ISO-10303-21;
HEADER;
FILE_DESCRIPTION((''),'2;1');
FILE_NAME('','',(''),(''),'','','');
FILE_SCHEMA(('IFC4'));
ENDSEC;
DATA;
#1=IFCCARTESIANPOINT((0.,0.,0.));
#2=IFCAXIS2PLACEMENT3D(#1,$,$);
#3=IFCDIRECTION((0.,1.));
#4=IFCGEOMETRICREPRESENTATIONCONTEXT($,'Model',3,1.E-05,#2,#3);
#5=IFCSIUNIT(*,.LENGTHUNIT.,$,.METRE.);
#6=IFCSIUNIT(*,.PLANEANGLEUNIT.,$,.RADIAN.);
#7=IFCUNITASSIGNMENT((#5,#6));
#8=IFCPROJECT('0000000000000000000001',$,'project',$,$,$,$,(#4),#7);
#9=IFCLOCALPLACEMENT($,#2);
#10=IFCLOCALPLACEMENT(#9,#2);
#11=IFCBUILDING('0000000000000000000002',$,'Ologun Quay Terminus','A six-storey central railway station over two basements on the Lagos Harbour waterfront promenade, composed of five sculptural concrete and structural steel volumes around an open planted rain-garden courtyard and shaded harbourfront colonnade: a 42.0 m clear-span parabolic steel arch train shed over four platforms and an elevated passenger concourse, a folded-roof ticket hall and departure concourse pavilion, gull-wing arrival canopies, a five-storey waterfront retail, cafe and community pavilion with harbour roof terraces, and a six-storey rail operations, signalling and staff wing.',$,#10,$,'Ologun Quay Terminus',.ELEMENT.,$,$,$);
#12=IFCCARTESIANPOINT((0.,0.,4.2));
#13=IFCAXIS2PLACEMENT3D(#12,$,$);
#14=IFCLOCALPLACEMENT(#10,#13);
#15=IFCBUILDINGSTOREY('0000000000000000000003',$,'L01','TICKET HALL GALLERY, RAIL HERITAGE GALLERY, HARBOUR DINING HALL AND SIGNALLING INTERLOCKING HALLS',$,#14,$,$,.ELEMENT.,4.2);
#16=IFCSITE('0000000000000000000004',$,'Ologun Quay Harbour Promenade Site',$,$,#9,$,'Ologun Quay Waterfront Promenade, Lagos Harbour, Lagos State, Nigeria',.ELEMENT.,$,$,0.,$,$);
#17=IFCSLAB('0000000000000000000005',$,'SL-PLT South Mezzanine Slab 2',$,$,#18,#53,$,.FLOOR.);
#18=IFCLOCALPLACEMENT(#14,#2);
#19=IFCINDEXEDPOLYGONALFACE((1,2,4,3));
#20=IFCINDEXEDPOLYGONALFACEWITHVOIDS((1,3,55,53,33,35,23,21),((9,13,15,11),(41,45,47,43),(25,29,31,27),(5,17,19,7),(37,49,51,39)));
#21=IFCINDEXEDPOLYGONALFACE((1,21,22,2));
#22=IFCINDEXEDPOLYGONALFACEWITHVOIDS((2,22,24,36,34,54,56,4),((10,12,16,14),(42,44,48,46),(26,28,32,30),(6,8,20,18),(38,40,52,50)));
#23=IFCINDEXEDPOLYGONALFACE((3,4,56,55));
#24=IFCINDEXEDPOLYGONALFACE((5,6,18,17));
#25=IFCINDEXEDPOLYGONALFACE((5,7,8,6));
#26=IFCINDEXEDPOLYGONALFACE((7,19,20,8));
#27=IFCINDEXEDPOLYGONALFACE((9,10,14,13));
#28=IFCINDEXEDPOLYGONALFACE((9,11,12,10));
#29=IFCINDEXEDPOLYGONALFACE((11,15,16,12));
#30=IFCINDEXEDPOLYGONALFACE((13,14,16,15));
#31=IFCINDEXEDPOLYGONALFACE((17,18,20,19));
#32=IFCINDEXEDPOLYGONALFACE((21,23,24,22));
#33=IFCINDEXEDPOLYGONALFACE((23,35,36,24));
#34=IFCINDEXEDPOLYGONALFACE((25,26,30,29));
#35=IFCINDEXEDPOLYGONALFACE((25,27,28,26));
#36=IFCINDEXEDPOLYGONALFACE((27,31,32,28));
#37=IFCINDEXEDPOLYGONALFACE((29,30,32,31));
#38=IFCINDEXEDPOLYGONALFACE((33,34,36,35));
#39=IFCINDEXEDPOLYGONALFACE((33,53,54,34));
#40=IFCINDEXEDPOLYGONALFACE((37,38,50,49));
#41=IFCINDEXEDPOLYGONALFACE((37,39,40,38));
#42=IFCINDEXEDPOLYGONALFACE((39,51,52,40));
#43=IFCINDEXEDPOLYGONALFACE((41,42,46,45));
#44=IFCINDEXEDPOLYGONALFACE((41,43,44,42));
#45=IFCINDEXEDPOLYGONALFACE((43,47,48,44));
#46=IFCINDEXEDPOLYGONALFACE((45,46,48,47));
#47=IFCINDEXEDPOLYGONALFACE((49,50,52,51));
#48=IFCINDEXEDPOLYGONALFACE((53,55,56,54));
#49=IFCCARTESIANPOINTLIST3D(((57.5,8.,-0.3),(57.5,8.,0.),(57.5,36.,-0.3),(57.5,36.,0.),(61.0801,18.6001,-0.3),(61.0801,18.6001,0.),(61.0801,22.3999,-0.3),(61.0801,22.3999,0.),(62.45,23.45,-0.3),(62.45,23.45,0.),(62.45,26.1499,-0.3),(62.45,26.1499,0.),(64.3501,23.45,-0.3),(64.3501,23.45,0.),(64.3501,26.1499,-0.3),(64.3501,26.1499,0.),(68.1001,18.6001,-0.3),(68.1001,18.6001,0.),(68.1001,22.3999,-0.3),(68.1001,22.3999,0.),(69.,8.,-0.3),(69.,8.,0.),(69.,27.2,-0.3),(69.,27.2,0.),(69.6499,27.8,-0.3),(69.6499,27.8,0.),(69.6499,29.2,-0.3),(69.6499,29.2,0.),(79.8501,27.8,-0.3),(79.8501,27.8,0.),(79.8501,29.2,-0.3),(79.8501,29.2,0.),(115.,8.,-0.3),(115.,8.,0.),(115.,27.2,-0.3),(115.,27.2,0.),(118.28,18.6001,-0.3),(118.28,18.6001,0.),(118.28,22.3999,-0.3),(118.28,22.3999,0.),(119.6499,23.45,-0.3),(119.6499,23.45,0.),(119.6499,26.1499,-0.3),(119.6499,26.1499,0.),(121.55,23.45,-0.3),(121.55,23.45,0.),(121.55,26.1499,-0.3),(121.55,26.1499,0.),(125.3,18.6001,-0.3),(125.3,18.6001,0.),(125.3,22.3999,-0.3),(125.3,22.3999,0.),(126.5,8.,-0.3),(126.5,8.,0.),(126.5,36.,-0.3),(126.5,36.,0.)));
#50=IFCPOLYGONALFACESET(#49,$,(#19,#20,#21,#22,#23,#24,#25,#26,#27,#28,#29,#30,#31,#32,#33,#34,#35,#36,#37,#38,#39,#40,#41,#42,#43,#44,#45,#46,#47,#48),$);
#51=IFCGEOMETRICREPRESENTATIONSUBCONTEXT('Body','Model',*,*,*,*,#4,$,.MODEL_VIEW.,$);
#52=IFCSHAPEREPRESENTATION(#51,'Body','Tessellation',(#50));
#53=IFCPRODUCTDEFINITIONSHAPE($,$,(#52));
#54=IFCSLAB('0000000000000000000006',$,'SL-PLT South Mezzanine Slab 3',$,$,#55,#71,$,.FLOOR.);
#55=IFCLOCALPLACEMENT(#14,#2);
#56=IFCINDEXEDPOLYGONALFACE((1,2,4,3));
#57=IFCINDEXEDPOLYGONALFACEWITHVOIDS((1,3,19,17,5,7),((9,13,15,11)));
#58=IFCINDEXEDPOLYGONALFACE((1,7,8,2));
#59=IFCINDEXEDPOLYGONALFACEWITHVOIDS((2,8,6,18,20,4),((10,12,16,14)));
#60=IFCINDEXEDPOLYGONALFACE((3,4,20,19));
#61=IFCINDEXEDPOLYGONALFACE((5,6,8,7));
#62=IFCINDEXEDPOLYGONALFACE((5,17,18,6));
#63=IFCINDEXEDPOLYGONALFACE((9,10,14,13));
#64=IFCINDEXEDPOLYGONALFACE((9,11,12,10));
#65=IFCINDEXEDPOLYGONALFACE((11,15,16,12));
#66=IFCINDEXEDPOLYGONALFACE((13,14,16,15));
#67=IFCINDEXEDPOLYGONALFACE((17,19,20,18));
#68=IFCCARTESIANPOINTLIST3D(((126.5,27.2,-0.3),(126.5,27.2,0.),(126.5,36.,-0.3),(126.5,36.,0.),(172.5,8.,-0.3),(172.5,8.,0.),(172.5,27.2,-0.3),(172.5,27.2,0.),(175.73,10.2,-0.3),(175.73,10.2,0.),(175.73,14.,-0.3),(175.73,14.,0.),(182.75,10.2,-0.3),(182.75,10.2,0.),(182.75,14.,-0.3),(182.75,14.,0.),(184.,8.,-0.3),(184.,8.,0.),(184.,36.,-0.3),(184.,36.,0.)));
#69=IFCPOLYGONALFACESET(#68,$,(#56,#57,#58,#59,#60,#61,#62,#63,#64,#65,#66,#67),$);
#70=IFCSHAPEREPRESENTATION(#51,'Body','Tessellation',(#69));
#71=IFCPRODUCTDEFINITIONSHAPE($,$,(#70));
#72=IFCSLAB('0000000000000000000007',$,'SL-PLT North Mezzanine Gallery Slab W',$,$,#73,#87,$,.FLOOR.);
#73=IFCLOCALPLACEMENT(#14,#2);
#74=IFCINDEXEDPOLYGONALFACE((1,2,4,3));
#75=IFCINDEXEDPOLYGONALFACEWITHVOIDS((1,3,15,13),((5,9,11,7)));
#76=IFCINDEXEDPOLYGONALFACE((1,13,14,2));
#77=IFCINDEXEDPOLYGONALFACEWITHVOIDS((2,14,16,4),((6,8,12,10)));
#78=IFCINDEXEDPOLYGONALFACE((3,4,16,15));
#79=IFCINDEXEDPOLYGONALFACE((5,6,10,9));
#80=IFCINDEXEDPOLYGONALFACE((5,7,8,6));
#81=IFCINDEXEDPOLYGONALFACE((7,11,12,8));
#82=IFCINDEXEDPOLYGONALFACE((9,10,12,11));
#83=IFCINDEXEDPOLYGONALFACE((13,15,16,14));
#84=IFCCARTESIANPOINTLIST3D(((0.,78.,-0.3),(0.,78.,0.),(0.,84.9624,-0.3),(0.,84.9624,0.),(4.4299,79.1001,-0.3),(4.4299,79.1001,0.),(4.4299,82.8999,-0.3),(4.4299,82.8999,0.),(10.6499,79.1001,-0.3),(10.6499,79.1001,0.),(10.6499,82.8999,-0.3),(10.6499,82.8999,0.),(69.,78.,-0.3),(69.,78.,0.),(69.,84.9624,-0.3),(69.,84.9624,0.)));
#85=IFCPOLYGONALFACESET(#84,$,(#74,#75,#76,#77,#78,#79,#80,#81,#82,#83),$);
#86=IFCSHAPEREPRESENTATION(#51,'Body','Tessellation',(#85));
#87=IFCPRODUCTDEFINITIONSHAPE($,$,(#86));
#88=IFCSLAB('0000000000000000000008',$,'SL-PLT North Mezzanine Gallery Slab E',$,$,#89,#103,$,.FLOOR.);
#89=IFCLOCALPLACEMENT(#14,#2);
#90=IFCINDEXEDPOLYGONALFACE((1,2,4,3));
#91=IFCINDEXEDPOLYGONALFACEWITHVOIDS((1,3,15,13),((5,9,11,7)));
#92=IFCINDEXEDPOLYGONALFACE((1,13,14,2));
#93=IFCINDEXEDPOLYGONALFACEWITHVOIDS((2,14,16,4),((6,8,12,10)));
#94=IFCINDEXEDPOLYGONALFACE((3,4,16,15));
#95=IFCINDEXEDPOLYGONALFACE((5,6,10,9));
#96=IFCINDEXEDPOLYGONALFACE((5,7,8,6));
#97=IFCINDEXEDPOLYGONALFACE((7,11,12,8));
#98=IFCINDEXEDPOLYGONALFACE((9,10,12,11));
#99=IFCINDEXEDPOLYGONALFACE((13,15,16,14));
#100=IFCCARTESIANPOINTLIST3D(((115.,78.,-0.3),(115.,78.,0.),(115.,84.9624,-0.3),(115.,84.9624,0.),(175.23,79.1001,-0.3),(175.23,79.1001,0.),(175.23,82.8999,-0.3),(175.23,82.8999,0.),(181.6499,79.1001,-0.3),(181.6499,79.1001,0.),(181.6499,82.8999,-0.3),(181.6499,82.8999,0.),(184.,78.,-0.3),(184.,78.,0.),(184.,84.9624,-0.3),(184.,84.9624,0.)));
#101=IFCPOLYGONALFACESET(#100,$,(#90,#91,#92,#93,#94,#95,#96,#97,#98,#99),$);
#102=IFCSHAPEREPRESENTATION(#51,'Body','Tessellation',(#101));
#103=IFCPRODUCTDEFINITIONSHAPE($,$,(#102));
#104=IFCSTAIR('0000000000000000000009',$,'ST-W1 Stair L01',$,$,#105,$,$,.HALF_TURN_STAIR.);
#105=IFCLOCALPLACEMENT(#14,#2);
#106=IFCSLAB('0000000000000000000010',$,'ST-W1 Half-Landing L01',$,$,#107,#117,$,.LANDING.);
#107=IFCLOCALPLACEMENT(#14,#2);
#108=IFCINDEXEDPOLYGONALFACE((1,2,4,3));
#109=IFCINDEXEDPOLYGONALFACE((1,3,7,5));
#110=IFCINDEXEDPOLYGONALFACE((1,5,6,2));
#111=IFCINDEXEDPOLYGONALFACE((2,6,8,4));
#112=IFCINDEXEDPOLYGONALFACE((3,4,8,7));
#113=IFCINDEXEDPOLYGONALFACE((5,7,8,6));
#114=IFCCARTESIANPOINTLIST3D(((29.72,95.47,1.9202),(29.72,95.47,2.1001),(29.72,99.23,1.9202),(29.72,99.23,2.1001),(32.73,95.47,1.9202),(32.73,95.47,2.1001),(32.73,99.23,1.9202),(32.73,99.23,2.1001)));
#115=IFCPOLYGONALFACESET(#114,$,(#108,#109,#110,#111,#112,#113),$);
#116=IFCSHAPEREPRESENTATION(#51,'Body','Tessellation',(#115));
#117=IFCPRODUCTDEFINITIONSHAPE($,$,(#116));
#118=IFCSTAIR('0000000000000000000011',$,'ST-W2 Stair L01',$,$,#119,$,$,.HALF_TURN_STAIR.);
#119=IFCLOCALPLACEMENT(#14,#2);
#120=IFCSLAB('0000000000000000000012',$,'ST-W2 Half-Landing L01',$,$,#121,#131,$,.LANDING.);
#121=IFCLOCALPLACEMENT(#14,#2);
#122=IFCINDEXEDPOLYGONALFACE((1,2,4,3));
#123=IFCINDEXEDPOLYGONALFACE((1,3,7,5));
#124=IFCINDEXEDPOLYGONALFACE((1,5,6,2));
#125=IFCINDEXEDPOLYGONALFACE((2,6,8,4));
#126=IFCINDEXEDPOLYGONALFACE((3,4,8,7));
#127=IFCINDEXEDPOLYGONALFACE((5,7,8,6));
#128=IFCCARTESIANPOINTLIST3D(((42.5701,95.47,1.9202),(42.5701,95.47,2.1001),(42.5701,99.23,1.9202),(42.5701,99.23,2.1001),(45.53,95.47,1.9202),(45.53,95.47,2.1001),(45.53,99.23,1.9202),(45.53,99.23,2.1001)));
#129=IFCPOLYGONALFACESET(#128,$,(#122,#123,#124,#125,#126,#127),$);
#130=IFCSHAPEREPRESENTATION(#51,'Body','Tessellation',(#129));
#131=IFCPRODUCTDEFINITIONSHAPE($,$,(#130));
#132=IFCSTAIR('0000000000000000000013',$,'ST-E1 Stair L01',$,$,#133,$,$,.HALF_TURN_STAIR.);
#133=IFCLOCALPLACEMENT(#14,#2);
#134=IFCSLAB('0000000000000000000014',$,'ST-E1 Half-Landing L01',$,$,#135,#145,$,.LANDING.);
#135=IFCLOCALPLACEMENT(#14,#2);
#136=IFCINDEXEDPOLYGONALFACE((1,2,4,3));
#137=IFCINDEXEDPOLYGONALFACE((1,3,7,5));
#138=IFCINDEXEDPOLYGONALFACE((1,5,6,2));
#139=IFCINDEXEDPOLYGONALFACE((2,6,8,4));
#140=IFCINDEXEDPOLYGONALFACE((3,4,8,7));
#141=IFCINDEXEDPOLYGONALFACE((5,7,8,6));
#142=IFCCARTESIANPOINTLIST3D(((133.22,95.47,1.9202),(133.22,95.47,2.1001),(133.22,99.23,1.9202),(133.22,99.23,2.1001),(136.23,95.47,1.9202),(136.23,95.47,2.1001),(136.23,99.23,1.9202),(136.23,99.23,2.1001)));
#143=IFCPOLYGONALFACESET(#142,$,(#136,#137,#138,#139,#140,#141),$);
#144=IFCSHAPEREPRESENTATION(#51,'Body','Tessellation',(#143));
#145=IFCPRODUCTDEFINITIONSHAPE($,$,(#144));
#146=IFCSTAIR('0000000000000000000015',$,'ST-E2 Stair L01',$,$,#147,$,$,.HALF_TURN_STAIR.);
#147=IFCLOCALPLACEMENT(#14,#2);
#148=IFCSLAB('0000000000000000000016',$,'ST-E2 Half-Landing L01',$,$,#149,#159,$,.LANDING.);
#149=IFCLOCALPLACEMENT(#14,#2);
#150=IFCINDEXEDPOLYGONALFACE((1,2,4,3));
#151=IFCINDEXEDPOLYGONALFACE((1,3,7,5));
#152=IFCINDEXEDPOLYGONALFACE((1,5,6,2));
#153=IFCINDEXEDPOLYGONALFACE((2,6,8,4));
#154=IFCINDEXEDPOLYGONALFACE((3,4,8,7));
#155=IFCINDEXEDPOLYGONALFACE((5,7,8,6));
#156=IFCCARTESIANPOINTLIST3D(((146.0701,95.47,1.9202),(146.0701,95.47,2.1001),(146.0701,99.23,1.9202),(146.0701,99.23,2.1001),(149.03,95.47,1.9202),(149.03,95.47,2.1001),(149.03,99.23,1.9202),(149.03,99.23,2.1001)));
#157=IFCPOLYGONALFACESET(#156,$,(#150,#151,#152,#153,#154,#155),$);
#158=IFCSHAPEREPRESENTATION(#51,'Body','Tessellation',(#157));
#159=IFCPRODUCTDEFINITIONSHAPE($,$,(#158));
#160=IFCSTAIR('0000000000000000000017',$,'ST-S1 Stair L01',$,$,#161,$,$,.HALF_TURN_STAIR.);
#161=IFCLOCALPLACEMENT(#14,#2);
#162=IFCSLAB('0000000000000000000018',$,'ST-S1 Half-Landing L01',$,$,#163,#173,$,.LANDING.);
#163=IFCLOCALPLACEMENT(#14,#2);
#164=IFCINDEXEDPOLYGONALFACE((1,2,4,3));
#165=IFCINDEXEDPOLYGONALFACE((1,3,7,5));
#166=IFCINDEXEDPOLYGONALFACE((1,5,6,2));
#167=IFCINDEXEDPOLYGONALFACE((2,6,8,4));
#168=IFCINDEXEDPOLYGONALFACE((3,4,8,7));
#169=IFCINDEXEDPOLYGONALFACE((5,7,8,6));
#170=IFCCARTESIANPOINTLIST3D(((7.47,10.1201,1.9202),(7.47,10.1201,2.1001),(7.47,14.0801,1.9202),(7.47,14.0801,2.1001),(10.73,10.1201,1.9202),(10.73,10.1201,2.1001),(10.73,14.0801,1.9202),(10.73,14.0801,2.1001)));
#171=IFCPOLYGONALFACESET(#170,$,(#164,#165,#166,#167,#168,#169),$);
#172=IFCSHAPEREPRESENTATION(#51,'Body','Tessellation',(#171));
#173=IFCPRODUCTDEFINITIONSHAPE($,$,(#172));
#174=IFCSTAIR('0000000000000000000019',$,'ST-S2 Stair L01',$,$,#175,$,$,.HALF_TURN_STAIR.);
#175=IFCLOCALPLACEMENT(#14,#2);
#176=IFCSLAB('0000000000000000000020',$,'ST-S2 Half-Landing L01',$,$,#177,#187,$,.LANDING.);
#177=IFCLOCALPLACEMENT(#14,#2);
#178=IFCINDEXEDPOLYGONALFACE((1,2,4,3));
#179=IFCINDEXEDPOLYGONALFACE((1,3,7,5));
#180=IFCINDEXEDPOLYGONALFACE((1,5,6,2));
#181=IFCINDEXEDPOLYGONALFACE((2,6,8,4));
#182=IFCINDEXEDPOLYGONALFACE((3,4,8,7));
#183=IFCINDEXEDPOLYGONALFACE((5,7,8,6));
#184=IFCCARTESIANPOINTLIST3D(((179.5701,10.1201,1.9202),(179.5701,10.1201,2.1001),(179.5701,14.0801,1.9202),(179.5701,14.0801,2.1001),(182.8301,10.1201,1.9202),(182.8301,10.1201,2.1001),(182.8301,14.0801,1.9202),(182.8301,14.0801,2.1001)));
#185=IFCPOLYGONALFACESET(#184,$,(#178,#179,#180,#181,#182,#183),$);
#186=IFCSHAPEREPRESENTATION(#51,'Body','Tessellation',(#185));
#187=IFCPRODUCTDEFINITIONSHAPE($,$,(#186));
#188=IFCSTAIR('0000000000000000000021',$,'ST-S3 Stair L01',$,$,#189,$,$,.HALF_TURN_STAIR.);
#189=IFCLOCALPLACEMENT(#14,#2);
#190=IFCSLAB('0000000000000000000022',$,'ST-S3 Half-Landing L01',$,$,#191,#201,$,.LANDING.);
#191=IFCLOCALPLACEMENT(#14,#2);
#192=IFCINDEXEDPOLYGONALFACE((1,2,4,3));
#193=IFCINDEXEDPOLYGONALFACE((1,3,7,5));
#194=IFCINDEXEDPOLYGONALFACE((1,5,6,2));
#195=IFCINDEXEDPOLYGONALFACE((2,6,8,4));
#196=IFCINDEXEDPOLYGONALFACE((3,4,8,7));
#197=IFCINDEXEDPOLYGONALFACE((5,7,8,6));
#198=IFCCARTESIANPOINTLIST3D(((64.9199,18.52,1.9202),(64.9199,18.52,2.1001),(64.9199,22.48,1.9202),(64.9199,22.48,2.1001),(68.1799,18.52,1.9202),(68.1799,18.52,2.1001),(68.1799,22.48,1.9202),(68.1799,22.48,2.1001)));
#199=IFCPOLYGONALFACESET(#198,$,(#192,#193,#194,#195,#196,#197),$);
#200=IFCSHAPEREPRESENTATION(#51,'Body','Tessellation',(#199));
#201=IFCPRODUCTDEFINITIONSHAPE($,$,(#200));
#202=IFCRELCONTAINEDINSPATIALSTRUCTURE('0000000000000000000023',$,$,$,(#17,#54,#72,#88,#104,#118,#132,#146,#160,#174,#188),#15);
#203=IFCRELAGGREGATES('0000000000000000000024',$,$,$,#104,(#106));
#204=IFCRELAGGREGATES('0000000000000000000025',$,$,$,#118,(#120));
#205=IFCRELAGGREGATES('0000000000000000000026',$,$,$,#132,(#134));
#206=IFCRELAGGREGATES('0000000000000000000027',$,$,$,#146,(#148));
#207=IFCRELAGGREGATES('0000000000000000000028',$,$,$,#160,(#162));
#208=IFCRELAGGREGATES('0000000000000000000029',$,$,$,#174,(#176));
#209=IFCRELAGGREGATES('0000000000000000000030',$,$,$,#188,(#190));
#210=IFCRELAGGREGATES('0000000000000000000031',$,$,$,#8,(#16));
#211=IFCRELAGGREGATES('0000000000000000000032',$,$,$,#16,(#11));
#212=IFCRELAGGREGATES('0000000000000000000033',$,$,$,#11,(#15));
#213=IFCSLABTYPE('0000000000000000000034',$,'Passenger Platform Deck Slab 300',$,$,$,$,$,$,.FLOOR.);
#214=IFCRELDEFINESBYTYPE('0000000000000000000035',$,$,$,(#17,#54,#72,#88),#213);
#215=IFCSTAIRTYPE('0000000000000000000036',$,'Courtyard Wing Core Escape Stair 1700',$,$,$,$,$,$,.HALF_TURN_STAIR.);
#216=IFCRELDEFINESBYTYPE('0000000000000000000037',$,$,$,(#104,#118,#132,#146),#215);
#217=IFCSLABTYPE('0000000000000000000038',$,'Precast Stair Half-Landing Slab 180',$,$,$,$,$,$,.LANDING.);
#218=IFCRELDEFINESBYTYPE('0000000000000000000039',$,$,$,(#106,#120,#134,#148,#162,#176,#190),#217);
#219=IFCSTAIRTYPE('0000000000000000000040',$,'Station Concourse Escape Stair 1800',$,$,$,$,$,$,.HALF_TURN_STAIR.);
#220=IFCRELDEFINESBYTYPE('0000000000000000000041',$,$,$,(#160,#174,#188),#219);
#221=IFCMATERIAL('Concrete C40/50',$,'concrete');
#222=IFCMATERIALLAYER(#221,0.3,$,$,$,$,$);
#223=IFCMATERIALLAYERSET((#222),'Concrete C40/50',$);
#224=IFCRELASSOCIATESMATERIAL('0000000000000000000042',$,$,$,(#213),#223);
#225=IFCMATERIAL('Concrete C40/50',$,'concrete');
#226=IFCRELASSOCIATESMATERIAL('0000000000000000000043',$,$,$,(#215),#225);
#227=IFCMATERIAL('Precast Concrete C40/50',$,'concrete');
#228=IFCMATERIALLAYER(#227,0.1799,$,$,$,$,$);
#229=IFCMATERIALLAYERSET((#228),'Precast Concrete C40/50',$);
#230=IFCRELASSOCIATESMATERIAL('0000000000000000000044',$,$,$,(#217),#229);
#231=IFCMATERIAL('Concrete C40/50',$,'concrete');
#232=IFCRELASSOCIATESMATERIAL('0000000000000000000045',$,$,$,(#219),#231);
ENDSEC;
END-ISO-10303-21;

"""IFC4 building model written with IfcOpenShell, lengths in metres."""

from ifc_helpers import new_model, si_unit, direction, frame, origin, place, context, subcontext, project, spatial, polyline, outline, extrude, material, layer, layer_set, type_object, element, aggregate, save


model = new_model("IFC4")

# Units and contexts
model_context = context("Model", 3, precision=1e-05, world=origin(), true_north=direction((0.0, 1.0)))
body_context = subcontext(model_context, "Body", "Model", "MODEL_VIEW")
ifc_project = project(units=[si_unit("LENGTHUNIT", "METRE"), si_unit("PLANEANGLEUNIT", "RADIAN")], contexts=[model_context])

# Site, building, storey
site_placement = place(None, origin())
site = spatial("IfcSite", under=ifc_project, at=site_placement, Name="Ologun Quay Harbour Promenade Site", LongName="Ologun Quay Waterfront Promenade, Lagos Harbour, Lagos State, Nigeria", CompositionType="ELEMENT", RefElevation=0.0)
building_placement = place(site_placement, origin())
building = spatial("IfcBuilding", under=site, at=building_placement, Name="Ologun Quay Terminus", Description="A six-storey central railway station over two basements on the Lagos Harbour waterfront promenade, composed of five sculptural concrete and structural steel volumes around an open planted rain-garden courtyard and shaded harbourfront colonnade: a 42.0 m clear-span parabolic steel arch train shed over four platforms and an elevated passenger concourse, a folded-roof ticket hall and departure concourse pavilion, gull-wing arrival canopies, a five-storey waterfront retail, cafe and community pavilion with harbour roof terraces, and a six-storey rail operations, signalling and staff wing.", LongName="Ologun Quay Terminus", CompositionType="ELEMENT")
storey_placement = place(building_placement, frame((0.0, 0.0, 4.2)))
storey = spatial("IfcBuildingStorey", under=building, at=storey_placement, Name="L01", Description="TICKET HALL GALLERY, RAIL HERITAGE GALLERY, HARBOUR DINING HALL AND SIGNALLING INTERLOCKING HALLS", CompositionType="ELEMENT", Elevation=4.2)

# Slabs
ifc_material_1 = material(Name="Concrete C40/50", Category="concrete")
ifc_layer_1 = layer(ifc_material_1, 0.3)
ifc_layer_set_1 = layer_set([ifc_layer_1], Name="Concrete C40/50")
slab_type_1 = type_object("IfcSlabType", Name="Passenger Platform Deck Slab 300", PredefinedType="FLOOR", material=ifc_layer_set_1)
slab_1_placement = place(storey_placement, frame((0.0, 0.0, -0.3)))
element("IfcSlab", 1, at=slab_1_placement, inside=storey, type_object=slab_type_1, Name="SL-PLT South Mezzanine Slab 2", PredefinedType="FLOOR", context=body_context, shape_type="SweptSolid", body=[
    extrude(outline(polyline([(57.5, 8.0), (69.0, 8.0), (69.0, 27.2), (115.0, 27.2), (115.0, 8.0), (126.5, 8.0), (126.5, 36.0), (57.5, 36.0), (57.5, 8.0)]), holes=[polyline([(62.45, 23.45), (62.45, 26.1499), (64.3501, 26.1499), (64.3501, 23.45), (62.45, 23.45)]), polyline([(119.6499, 23.45), (119.6499, 26.1499), (121.55, 26.1499), (121.55, 23.45), (119.6499, 23.45)]), polyline([(61.0801, 18.6001), (61.0801, 22.3999), (68.1001, 22.3999), (68.1001, 18.6001), (61.0801, 18.6001)]), polyline([(118.28, 18.6001), (118.28, 22.3999), (125.3, 22.3999), (125.3, 18.6001), (118.28, 18.6001)]), polyline([(69.6499, 27.8), (69.6499, 29.2), (79.8501, 29.2), (79.8501, 27.8), (69.6499, 27.8)])]), origin(), (0.0, 0.0, 1.0), 0.3),
])
slab_2_placement = place(storey_placement, frame((0.0, 0.0, -0.3)))
element("IfcSlab", 2, at=slab_2_placement, inside=storey, type_object=slab_type_1, Name="SL-PLT South Mezzanine Slab 3", PredefinedType="FLOOR", context=body_context, shape_type="SweptSolid", body=[
    extrude(outline(polyline([(126.5, 27.2), (172.5, 27.2), (172.5, 8.0), (184.0, 8.0), (184.0, 36.0), (126.5, 36.0), (126.5, 27.2)]), holes=[polyline([(175.73, 10.2), (175.73, 14.0), (182.75, 14.0), (182.75, 10.2), (175.73, 10.2)])]), origin(), (0.0, 0.0, 1.0), 0.3),
])
slab_3_placement = place(storey_placement, frame((0.0, 0.0, -0.3)))
element("IfcSlab", 3, at=slab_3_placement, inside=storey, type_object=slab_type_1, Name="SL-PLT North Mezzanine Gallery Slab W", PredefinedType="FLOOR", context=body_context, shape_type="SweptSolid", body=[
    extrude(outline(polyline([(0.0, 78.0), (69.0, 78.0), (69.0, 84.9624), (0.0, 84.9624), (0.0, 78.0)]), holes=[polyline([(4.4299, 79.1001), (4.4299, 82.8999), (10.6499, 82.8999), (10.6499, 79.1001), (4.4299, 79.1001)])]), origin(), (0.0, 0.0, 1.0), 0.3),
])
slab_4_placement = place(storey_placement, frame((0.0, 0.0, -0.3)))
element("IfcSlab", 4, at=slab_4_placement, inside=storey, type_object=slab_type_1, Name="SL-PLT North Mezzanine Gallery Slab E", PredefinedType="FLOOR", context=body_context, shape_type="SweptSolid", body=[
    extrude(outline(polyline([(115.0, 78.0), (184.0, 78.0), (184.0, 84.9624), (115.0, 84.9624), (115.0, 78.0)]), holes=[polyline([(175.23, 79.1001), (175.23, 82.8999), (181.6499, 82.8999), (181.6499, 79.1001), (175.23, 79.1001)])]), origin(), (0.0, 0.0, 1.0), 0.3),
])

# Stairs, slabs
ifc_material_2 = material(Name="Concrete C40/50", Category="concrete")
stair_type_1 = type_object("IfcStairType", Name="Courtyard Wing Core Escape Stair 1700", PredefinedType="HALF_TURN_STAIR", material=ifc_material_2)
stair_1_placement = place(storey_placement, origin())
stair_1 = element("IfcStair", 5, at=stair_1_placement, inside=storey, type_object=stair_type_1, Name="ST-W1 Stair L01", PredefinedType="HALF_TURN_STAIR")
ifc_material_3 = material(Name="Precast Concrete C40/50", Category="concrete")
ifc_layer_2 = layer(ifc_material_3, 0.1799)
ifc_layer_set_2 = layer_set([ifc_layer_2], Name="Precast Concrete C40/50")
slab_type_2 = type_object("IfcSlabType", Name="Precast Stair Half-Landing Slab 180", PredefinedType="LANDING", material=ifc_layer_set_2)
slab_5_placement = place(storey_placement, frame((0.0, 0.0, 1.9202)))
slab_5 = element("IfcSlab", 6, at=slab_5_placement, type_object=slab_type_2, Name="ST-W1 Half-Landing L01", PredefinedType="LANDING", context=body_context, shape_type="SweptSolid", body=[
    extrude(outline(polyline([(29.72, 95.47), (32.73, 95.47), (32.73, 99.23), (29.72, 99.23), (29.72, 95.47)])), origin(), (0.0, 0.0, 1.0), 0.1799),
])
aggregate(stair_1, [slab_5])
stair_2_placement = place(storey_placement, origin())
stair_2 = element("IfcStair", 7, at=stair_2_placement, inside=storey, type_object=stair_type_1, Name="ST-W2 Stair L01", PredefinedType="HALF_TURN_STAIR")
slab_6_placement = place(storey_placement, frame((0.0, 0.0, 1.9202)))
slab_6 = element("IfcSlab", 8, at=slab_6_placement, type_object=slab_type_2, Name="ST-W2 Half-Landing L01", PredefinedType="LANDING", context=body_context, shape_type="SweptSolid", body=[
    extrude(outline(polyline([(42.5701, 95.47), (45.53, 95.47), (45.53, 99.23), (42.5701, 99.23), (42.5701, 95.47)])), origin(), (0.0, 0.0, 1.0), 0.1799),
])
aggregate(stair_2, [slab_6])
stair_3_placement = place(storey_placement, origin())
stair_3 = element("IfcStair", 9, at=stair_3_placement, inside=storey, type_object=stair_type_1, Name="ST-E1 Stair L01", PredefinedType="HALF_TURN_STAIR")
slab_7_placement = place(storey_placement, frame((0.0, 0.0, 1.9202)))
slab_7 = element("IfcSlab", 10, at=slab_7_placement, type_object=slab_type_2, Name="ST-E1 Half-Landing L01", PredefinedType="LANDING", context=body_context, shape_type="SweptSolid", body=[
    extrude(outline(polyline([(133.22, 95.47), (136.23, 95.47), (136.23, 99.23), (133.22, 99.23), (133.22, 95.47)])), origin(), (0.0, 0.0, 1.0), 0.1799),
])
aggregate(stair_3, [slab_7])
stair_4_placement = place(storey_placement, origin())
stair_4 = element("IfcStair", 11, at=stair_4_placement, inside=storey, type_object=stair_type_1, Name="ST-E2 Stair L01", PredefinedType="HALF_TURN_STAIR")
slab_8_placement = place(storey_placement, frame((0.0, 0.0, 1.9202)))
slab_8 = element("IfcSlab", 12, at=slab_8_placement, type_object=slab_type_2, Name="ST-E2 Half-Landing L01", PredefinedType="LANDING", context=body_context, shape_type="SweptSolid", body=[
    extrude(outline(polyline([(146.0701, 95.47), (149.03, 95.47), (149.03, 99.23), (146.0701, 99.23), (146.0701, 95.47)])), origin(), (0.0, 0.0, 1.0), 0.1799),
])
aggregate(stair_4, [slab_8])
ifc_material_4 = material(Name="Concrete C40/50", Category="concrete")
stair_type_2 = type_object("IfcStairType", Name="Station Concourse Escape Stair 1800", PredefinedType="HALF_TURN_STAIR", material=ifc_material_4)
stair_5_placement = place(storey_placement, origin())
stair_5 = element("IfcStair", 13, at=stair_5_placement, inside=storey, type_object=stair_type_2, Name="ST-S1 Stair L01", PredefinedType="HALF_TURN_STAIR")
slab_9_placement = place(storey_placement, frame((0.0, 0.0, 1.9202)))
slab_9 = element("IfcSlab", 14, at=slab_9_placement, type_object=slab_type_2, Name="ST-S1 Half-Landing L01", PredefinedType="LANDING", context=body_context, shape_type="SweptSolid", body=[
    extrude(outline(polyline([(7.47, 10.1201), (10.73, 10.1201), (10.73, 14.0801), (7.47, 14.0801), (7.47, 10.1201)])), origin(), (0.0, 0.0, 1.0), 0.1799),
])
aggregate(stair_5, [slab_9])
stair_6_placement = place(storey_placement, origin())
stair_6 = element("IfcStair", 15, at=stair_6_placement, inside=storey, type_object=stair_type_2, Name="ST-S2 Stair L01", PredefinedType="HALF_TURN_STAIR")
slab_10_placement = place(storey_placement, frame((0.0, 0.0, 1.9202)))
slab_10 = element("IfcSlab", 16, at=slab_10_placement, type_object=slab_type_2, Name="ST-S2 Half-Landing L01", PredefinedType="LANDING", context=body_context, shape_type="SweptSolid", body=[
    extrude(outline(polyline([(179.5701, 10.1201), (182.8301, 10.1201), (182.8301, 14.0801), (179.5701, 14.0801), (179.5701, 10.1201)])), origin(), (0.0, 0.0, 1.0), 0.1799),
])
aggregate(stair_6, [slab_10])
stair_7_placement = place(storey_placement, origin())
stair_7 = element("IfcStair", 17, at=stair_7_placement, inside=storey, type_object=stair_type_2, Name="ST-S3 Stair L01", PredefinedType="HALF_TURN_STAIR")
slab_11_placement = place(storey_placement, frame((0.0, 0.0, 1.9202)))
slab_11 = element("IfcSlab", 18, at=slab_11_placement, type_object=slab_type_2, Name="ST-S3 Half-Landing L01", PredefinedType="LANDING", context=body_context, shape_type="SweptSolid", body=[
    extrude(outline(polyline([(64.9199, 18.52), (68.1799, 18.52), (68.1799, 22.48), (64.9199, 22.48), (64.9199, 18.52)])), origin(), (0.0, 0.0, 1.0), 0.1799),
])
aggregate(stair_7, [slab_11])

save(model, "model.ifc")
